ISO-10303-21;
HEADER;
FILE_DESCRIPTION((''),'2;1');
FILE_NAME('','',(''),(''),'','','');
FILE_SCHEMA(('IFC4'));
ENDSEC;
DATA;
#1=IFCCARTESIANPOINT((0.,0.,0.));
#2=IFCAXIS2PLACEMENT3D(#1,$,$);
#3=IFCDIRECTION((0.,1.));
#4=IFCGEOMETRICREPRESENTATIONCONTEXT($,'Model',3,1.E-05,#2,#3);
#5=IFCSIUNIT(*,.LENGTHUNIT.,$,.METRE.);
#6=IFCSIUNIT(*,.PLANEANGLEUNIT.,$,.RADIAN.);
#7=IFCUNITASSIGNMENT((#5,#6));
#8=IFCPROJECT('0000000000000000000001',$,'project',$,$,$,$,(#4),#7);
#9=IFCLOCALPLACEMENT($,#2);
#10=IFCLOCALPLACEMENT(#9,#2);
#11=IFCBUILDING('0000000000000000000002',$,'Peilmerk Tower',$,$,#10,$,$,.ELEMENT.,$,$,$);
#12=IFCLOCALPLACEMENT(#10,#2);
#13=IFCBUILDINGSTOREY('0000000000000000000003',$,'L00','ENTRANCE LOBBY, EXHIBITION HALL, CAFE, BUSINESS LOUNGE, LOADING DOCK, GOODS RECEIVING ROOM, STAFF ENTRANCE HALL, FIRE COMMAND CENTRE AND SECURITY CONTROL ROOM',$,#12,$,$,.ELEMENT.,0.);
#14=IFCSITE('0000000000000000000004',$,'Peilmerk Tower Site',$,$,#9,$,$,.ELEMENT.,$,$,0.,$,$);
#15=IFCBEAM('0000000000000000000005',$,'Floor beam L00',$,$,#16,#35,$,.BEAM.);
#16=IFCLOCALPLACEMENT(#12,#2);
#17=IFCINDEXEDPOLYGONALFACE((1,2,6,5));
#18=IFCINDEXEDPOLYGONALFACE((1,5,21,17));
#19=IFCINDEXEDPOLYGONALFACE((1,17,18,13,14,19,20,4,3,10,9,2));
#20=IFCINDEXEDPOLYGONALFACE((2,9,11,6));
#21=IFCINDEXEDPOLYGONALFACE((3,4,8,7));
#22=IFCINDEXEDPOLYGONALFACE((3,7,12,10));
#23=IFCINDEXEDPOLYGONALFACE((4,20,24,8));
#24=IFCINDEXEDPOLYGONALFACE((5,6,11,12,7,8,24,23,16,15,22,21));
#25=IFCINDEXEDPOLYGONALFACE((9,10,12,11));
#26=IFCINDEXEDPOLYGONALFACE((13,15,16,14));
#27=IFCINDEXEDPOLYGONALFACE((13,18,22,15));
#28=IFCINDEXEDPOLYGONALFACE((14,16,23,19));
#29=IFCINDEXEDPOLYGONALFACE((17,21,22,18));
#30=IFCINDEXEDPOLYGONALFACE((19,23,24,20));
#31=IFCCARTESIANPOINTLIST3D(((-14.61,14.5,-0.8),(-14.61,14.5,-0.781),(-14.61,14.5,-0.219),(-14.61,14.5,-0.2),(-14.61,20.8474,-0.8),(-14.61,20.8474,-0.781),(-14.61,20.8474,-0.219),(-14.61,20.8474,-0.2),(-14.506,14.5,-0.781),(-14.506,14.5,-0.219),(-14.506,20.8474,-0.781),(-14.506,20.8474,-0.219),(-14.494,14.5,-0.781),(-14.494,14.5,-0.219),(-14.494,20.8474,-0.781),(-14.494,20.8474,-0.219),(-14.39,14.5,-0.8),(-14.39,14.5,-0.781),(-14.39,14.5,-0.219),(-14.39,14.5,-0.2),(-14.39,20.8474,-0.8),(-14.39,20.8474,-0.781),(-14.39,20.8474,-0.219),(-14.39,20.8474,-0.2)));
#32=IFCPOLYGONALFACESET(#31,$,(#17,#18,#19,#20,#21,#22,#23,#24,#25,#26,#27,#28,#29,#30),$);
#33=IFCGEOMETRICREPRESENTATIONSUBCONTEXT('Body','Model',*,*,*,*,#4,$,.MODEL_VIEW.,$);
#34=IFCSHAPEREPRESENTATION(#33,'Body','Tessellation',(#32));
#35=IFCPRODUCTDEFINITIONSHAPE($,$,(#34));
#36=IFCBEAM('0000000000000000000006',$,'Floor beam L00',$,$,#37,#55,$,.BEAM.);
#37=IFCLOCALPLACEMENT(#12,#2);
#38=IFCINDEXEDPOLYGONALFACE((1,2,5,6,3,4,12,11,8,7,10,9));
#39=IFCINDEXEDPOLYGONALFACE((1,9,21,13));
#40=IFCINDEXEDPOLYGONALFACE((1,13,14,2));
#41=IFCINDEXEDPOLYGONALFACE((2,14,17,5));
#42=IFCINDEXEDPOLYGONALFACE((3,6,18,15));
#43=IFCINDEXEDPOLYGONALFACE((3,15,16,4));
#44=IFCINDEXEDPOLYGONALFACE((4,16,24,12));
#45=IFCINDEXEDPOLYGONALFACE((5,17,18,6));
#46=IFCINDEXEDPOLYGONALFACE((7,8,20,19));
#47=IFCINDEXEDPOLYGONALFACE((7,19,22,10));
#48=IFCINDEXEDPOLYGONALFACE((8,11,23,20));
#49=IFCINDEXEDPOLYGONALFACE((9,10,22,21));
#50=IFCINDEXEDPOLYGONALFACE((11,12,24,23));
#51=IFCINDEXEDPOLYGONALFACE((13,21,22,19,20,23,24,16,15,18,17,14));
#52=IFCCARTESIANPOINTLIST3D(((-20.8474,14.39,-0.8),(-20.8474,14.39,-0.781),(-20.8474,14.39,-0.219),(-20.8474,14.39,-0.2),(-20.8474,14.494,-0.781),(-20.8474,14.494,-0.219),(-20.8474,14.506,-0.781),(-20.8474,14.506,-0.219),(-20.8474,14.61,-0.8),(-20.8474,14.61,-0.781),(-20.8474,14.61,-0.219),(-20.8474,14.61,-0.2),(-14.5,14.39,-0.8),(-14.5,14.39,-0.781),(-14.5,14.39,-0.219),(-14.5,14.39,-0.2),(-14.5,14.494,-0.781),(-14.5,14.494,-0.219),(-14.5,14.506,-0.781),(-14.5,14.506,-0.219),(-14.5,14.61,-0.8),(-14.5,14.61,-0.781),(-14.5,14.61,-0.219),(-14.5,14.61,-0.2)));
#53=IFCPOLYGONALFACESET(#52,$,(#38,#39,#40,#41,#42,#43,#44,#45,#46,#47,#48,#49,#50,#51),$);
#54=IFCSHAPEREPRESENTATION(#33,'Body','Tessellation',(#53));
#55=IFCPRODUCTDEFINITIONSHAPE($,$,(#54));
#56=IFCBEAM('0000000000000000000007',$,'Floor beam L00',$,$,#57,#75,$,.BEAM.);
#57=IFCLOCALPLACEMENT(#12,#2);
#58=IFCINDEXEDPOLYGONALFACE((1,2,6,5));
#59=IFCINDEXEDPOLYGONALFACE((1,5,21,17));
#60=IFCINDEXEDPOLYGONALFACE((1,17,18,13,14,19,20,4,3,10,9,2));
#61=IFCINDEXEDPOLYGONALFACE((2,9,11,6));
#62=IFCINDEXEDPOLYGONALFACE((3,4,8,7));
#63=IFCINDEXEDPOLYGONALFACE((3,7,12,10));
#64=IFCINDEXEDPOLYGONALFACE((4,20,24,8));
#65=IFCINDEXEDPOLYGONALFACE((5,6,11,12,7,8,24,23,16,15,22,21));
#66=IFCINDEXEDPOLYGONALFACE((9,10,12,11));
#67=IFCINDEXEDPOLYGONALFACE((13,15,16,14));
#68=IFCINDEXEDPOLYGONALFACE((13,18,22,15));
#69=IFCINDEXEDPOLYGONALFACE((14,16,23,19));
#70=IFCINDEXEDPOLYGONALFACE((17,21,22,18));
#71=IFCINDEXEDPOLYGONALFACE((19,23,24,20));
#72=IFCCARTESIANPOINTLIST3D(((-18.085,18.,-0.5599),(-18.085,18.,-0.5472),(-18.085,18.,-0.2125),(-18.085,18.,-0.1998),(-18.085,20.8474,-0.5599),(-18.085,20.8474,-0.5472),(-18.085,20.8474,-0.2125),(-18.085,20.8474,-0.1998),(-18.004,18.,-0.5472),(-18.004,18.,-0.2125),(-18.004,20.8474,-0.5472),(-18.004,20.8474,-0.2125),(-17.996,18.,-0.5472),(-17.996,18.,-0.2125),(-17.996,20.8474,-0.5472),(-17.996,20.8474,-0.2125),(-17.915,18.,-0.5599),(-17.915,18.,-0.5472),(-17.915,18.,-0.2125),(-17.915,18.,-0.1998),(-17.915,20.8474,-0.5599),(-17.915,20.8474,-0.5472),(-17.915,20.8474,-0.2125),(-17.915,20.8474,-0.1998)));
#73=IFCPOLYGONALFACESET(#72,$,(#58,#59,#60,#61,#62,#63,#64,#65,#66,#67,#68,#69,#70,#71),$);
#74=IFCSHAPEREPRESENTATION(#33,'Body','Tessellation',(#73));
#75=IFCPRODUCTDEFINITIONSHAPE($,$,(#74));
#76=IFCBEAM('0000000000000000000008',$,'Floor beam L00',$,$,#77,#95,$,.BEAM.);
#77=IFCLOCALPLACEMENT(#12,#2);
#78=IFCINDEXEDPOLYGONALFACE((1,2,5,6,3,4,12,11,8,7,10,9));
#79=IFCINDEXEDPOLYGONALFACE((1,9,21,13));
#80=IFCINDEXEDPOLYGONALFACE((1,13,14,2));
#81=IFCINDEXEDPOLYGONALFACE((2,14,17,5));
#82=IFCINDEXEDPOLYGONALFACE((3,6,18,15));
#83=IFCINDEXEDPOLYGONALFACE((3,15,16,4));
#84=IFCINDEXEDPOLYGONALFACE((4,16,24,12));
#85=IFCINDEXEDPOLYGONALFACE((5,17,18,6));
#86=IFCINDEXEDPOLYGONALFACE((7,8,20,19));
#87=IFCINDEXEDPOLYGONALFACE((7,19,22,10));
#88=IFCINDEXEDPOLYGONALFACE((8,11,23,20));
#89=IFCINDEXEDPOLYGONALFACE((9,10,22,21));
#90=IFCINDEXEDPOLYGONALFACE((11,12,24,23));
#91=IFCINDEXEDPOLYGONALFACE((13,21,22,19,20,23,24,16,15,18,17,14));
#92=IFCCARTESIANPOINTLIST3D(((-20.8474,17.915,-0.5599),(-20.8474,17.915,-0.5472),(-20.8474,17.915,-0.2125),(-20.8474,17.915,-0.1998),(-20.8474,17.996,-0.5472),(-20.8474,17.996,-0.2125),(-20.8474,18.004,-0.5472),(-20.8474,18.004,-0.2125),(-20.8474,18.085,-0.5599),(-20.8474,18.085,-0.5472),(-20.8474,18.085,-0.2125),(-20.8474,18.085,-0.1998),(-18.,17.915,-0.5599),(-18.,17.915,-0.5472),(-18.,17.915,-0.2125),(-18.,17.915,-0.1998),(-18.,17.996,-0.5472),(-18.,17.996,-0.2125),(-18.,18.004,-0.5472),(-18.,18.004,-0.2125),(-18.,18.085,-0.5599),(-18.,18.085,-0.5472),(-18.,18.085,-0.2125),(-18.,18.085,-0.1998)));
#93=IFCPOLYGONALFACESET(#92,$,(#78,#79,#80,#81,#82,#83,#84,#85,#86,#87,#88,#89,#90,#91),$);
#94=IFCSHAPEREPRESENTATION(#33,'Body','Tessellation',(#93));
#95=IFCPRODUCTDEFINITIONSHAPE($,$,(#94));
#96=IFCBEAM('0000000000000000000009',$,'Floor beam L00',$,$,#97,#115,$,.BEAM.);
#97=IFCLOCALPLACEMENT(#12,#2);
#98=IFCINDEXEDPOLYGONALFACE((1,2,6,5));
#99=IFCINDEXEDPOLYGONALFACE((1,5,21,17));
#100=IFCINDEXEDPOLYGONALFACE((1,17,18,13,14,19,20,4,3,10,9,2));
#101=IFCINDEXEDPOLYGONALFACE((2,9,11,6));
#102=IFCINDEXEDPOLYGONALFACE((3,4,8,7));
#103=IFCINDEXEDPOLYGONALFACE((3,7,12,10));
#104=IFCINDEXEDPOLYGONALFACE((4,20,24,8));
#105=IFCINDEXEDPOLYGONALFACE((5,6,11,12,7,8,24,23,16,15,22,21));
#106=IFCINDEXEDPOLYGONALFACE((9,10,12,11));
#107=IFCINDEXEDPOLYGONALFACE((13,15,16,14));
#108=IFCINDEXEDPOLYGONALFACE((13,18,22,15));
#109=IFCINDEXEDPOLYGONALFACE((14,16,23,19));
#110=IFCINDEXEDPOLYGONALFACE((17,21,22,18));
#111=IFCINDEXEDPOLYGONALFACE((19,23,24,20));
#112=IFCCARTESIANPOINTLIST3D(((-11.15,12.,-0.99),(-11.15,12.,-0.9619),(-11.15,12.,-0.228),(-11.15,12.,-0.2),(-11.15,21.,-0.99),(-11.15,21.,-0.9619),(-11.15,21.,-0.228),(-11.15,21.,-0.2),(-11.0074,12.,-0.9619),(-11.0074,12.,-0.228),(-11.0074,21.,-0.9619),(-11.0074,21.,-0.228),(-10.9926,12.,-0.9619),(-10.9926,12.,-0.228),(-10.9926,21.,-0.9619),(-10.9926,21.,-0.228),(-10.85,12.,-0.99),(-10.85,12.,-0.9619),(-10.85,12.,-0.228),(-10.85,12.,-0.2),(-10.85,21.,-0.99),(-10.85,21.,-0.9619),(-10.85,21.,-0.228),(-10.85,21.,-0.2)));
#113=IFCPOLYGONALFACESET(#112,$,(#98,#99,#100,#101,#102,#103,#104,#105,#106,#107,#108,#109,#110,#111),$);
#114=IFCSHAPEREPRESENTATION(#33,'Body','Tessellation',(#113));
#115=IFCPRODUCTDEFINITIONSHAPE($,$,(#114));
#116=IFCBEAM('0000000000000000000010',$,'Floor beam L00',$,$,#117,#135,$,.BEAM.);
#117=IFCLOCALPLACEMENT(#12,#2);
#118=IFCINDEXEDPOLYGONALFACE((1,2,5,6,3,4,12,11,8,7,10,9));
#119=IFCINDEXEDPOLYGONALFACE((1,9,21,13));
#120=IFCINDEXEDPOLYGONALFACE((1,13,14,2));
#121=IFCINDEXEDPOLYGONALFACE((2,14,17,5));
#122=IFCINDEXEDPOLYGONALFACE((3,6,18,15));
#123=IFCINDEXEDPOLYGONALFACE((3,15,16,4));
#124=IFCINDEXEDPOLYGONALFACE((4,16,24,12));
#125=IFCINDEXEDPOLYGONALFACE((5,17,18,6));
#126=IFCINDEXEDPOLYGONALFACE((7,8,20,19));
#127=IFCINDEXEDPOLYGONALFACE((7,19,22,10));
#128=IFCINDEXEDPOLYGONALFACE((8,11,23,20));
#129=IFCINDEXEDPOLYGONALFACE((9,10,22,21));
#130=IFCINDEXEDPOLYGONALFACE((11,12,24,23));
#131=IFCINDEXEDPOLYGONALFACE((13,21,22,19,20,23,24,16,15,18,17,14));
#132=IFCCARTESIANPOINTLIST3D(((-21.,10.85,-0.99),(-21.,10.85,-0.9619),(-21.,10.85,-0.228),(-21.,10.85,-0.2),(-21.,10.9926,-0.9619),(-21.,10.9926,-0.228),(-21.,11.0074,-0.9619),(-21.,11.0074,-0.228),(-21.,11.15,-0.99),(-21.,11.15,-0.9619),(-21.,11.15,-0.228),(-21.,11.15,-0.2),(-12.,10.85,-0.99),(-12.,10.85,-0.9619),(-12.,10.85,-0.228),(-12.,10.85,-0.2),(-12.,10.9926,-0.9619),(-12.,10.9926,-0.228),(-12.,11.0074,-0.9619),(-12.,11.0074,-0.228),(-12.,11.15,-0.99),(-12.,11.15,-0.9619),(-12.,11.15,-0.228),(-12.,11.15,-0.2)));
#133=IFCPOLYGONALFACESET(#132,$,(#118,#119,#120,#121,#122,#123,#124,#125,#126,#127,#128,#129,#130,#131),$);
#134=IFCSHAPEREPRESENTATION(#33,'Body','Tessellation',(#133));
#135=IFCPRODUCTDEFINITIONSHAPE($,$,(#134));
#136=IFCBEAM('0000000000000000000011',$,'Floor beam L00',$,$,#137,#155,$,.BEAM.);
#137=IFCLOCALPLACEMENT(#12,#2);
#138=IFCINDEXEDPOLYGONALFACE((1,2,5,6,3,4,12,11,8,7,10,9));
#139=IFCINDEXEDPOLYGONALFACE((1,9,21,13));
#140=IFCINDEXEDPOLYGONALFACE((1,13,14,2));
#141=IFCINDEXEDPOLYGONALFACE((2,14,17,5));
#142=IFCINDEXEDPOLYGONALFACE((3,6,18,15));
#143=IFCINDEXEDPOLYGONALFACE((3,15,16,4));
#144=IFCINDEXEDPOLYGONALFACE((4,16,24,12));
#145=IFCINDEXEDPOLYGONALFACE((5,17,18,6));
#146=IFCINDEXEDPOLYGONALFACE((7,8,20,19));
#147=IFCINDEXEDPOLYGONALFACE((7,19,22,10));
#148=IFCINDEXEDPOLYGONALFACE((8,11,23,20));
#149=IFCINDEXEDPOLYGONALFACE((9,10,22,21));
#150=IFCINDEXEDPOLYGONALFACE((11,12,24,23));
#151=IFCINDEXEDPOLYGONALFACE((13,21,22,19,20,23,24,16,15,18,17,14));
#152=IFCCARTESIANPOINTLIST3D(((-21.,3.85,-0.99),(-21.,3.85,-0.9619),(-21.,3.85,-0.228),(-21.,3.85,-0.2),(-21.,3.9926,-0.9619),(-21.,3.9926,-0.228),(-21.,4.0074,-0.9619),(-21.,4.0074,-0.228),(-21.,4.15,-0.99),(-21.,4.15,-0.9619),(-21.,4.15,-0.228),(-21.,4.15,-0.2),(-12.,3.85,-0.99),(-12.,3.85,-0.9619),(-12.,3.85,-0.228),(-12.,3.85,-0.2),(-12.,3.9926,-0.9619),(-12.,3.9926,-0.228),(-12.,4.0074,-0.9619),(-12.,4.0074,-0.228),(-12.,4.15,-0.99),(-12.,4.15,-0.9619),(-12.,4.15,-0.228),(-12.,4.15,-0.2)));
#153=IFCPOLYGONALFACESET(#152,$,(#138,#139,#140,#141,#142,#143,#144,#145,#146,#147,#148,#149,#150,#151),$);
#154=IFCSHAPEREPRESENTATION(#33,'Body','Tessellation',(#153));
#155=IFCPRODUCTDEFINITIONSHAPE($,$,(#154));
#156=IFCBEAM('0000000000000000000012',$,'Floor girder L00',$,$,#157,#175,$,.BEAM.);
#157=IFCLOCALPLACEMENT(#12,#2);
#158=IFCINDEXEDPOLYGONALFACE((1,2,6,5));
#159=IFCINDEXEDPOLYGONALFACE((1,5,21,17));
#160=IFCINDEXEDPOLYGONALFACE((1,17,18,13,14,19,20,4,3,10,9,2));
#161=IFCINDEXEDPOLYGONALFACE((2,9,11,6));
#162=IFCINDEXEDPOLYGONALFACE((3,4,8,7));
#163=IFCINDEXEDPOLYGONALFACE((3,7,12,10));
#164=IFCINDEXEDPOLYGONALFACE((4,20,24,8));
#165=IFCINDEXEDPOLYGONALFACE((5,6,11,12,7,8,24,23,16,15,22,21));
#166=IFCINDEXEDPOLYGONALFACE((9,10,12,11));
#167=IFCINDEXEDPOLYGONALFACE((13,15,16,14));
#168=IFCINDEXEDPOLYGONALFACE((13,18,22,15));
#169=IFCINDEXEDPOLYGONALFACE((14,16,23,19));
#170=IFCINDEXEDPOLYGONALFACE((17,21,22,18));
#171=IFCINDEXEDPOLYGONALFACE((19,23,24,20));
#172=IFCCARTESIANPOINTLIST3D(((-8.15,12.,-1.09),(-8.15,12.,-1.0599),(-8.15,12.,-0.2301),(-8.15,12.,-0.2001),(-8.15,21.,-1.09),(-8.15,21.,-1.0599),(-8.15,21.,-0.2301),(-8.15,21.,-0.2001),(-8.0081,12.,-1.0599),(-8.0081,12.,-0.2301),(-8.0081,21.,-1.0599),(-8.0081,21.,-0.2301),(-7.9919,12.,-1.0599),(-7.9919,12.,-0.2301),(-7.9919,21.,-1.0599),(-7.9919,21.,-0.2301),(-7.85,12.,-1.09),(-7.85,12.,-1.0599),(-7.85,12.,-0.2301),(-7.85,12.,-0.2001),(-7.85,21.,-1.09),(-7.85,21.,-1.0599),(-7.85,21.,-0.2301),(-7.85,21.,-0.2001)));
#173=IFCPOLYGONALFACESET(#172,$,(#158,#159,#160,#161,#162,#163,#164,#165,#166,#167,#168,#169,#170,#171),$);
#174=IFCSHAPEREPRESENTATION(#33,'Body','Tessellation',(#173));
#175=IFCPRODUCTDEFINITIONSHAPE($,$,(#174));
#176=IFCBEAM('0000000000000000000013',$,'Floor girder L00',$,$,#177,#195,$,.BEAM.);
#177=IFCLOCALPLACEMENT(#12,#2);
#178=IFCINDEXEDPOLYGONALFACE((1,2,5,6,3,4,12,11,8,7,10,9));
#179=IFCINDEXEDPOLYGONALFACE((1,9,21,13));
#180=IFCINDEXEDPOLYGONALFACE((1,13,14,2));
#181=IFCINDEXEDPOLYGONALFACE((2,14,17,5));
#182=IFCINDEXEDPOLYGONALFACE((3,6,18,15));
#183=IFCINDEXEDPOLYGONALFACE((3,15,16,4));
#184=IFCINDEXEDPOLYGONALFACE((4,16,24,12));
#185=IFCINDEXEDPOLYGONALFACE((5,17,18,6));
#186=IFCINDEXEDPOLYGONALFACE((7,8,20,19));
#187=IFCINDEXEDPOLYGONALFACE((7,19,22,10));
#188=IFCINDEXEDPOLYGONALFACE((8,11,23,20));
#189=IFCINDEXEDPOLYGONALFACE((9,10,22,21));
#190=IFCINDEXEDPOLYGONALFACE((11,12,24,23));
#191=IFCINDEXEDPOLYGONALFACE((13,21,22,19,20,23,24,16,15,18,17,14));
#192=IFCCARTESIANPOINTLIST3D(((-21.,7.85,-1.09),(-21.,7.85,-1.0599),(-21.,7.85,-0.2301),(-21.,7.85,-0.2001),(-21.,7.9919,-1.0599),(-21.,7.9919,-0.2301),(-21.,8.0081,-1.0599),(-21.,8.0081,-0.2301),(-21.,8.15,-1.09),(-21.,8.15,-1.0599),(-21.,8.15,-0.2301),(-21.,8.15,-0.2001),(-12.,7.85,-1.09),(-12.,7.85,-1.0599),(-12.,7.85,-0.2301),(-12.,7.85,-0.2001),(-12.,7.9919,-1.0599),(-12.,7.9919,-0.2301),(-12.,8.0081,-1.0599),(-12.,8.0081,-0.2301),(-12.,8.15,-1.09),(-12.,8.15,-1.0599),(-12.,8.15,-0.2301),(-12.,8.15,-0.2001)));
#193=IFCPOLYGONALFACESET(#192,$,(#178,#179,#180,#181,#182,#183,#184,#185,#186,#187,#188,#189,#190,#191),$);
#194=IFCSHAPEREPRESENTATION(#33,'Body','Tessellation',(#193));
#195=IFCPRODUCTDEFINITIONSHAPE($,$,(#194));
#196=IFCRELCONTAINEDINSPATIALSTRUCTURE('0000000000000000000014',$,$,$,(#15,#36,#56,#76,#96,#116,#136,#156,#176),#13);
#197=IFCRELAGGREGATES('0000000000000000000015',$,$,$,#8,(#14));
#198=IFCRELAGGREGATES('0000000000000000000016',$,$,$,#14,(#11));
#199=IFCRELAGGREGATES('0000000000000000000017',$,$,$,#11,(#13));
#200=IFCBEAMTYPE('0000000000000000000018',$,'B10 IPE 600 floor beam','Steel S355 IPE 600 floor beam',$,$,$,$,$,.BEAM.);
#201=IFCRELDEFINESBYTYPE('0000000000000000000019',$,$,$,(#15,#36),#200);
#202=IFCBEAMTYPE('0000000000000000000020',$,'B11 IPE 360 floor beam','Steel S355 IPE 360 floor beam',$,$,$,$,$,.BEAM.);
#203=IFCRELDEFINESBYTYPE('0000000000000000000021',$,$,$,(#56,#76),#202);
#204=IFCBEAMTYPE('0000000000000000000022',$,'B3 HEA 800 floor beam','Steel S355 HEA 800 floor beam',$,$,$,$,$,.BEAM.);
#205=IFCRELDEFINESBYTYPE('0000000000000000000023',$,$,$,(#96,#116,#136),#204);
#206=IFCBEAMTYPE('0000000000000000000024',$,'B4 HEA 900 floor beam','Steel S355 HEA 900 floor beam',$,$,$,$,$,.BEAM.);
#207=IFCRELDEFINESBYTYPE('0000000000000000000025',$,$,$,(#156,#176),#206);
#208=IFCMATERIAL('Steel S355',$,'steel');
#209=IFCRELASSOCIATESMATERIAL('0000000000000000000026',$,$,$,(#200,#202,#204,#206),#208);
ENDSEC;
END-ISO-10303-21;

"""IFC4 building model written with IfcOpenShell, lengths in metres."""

from ifc_helpers import new_model, si_unit, direction, frame, origin, origin_2d, place, context, subcontext, project, spatial, i_section, extrude, material, material_profile, profile_set, type_object, element, save


model = new_model("IFC4")

# Units and contexts
model_context = context("Model", 3, precision=1e-05, world=origin(), true_north=direction((0.0, 1.0)))
body_context = subcontext(model_context, "Body", "Model", "MODEL_VIEW")
ifc_project = project(units=[si_unit("LENGTHUNIT", "METRE"), si_unit("PLANEANGLEUNIT", "RADIAN")], contexts=[model_context])

# Site, building, storey
site_placement = place(None, origin())
site = spatial("IfcSite", under=ifc_project, at=site_placement, Name="Peilmerk Tower Site", CompositionType="ELEMENT", RefElevation=0.0)
building_placement = place(site_placement, origin())
building = spatial("IfcBuilding", under=site, at=building_placement, Name="Peilmerk Tower", CompositionType="ELEMENT")
storey_placement = place(building_placement, origin())
storey = spatial("IfcBuildingStorey", under=building, at=storey_placement, Name="L00", Description="ENTRANCE LOBBY, EXHIBITION HALL, CAFE, BUSINESS LOUNGE, LOADING DOCK, GOODS RECEIVING ROOM, STAFF ENTRANCE HALL, FIRE COMMAND CENTRE AND SECURITY CONTROL ROOM", CompositionType="ELEMENT", Elevation=0.0)

# Beams
ifc_material_1 = material(Name="Steel S355", Category="steel")
ifc_material_profile_1 = material_profile(ifc_material_1, i_section(OverallWidth=0.22, OverallDepth=0.6001, WebThickness=0.012, FlangeThickness=0.019, at=origin_2d()), Name="IPE 600")
ifc_profile_set_1 = profile_set([ifc_material_profile_1], Name="Steel S355")
beam_type_1 = type_object("IfcBeamType", Name="B10 IPE 600 floor beam", Description="Steel S355 IPE 600 floor beam", PredefinedType="BEAM", material=ifc_profile_set_1)
for number, where, z_axis, x_axis, name in (
    (1, (-14.5, 14.5, -0.5), (0.0, 1.0, 0.0), (-1.0, 0.0, 0.0), "Floor beam L00"),
    (2, (-14.5, 14.5, -0.5), (-1.0, 0.0, 0.0), (0.0, -1.0, 0.0), "Floor beam L00"),
):
    element("IfcBeam", number, at=place(storey_placement, frame(where, z_axis=z_axis, x_axis=x_axis)), inside=storey, type_object=beam_type_1, Name=name, PredefinedType="BEAM", context=body_context, shape_type="SweptSolid", body=[
        extrude(i_section(OverallWidth=0.22, OverallDepth=0.6001, WebThickness=0.012, FlangeThickness=0.019, at=origin_2d()), origin(), (0.0, 0.0, 1.0), 6.3474),
    ])
ifc_material_profile_2 = material_profile(ifc_material_1, i_section(OverallWidth=0.1699, OverallDepth=0.3601, WebThickness=0.0081, FlangeThickness=0.0127, at=origin_2d()), Name="IPE 360")
ifc_profile_set_2 = profile_set([ifc_material_profile_2], Name="Steel S355")
beam_type_2 = type_object("IfcBeamType", Name="B11 IPE 360 floor beam", Description="Steel S355 IPE 360 floor beam", PredefinedType="BEAM", material=ifc_profile_set_2)
for number, where, z_axis, x_axis, name in (
    (3, (-18.0, 18.0, -0.3799), (0.0, 1.0, 0.0), (-1.0, 0.0, 0.0), "Floor beam L00"),
    (4, (-18.0, 18.0, -0.3799), (-1.0, 0.0, 0.0), (0.0, -1.0, 0.0), "Floor beam L00"),
):
    element("IfcBeam", number, at=place(storey_placement, frame(where, z_axis=z_axis, x_axis=x_axis)), inside=storey, type_object=beam_type_2, Name=name, PredefinedType="BEAM", context=body_context, shape_type="SweptSolid", body=[
        extrude(i_section(OverallWidth=0.1699, OverallDepth=0.3601, WebThickness=0.0081, FlangeThickness=0.0127, at=origin_2d()), origin(), (0.0, 0.0, 1.0), 2.8474),
    ])
ifc_material_profile_3 = material_profile(ifc_material_1, i_section(OverallWidth=0.3, OverallDepth=0.79, WebThickness=0.0149, FlangeThickness=0.0281, at=origin_2d()), Name="HEA 800")
ifc_profile_set_3 = profile_set([ifc_material_profile_3], Name="Steel S355")
beam_type_3 = type_object("IfcBeamType", Name="B3 HEA 800 floor beam", Description="Steel S355 HEA 800 floor beam", PredefinedType="BEAM", material=ifc_profile_set_3)
for number, where, z_axis, x_axis, name in (
    (5, (-11.0, 12.0, -0.595), (0.0, 1.0, 0.0), (-1.0, 0.0, 0.0), "Floor beam L00"),
    (6, (-12.0, 11.0, -0.595), (-1.0, 0.0, 0.0), (0.0, -1.0, 0.0), "Floor beam L00"),
    (7, (-12.0, 4.0, -0.595), (-1.0, 0.0, 0.0), (0.0, -1.0, 0.0), "Floor beam L00"),
):
    element("IfcBeam", number, at=place(storey_placement, frame(where, z_axis=z_axis, x_axis=x_axis)), inside=storey, type_object=beam_type_3, Name=name, PredefinedType="BEAM", context=body_context, shape_type="SweptSolid", body=[
        extrude(i_section(OverallWidth=0.3, OverallDepth=0.79, WebThickness=0.0149, FlangeThickness=0.0281, at=origin_2d()), origin(), (0.0, 0.0, 1.0), 9.0),
    ])
ifc_material_profile_4 = material_profile(ifc_material_1, i_section(OverallWidth=0.3, OverallDepth=0.8899, WebThickness=0.0161, FlangeThickness=0.03, at=origin_2d()), Name="HEA 900")
ifc_profile_set_4 = profile_set([ifc_material_profile_4], Name="Steel S355")
beam_type_4 = type_object("IfcBeamType", Name="B4 HEA 900 floor beam", Description="Steel S355 HEA 900 floor beam", PredefinedType="BEAM", material=ifc_profile_set_4)
for number, where, z_axis, x_axis, name in (
    (8, (-8.0, 12.0, -0.645), (0.0, 1.0, 0.0), (-1.0, 0.0, 0.0), "Floor girder L00"),
    (9, (-12.0, 8.0, -0.645), (-1.0, 0.0, 0.0), (0.0, -1.0, 0.0), "Floor girder L00"),
):
    element("IfcBeam", number, at=place(storey_placement, frame(where, z_axis=z_axis, x_axis=x_axis)), inside=storey, type_object=beam_type_4, Name=name, PredefinedType="BEAM", context=body_context, shape_type="SweptSolid", body=[
        extrude(i_section(OverallWidth=0.3, OverallDepth=0.8899, WebThickness=0.0161, FlangeThickness=0.03, at=origin_2d()), origin(), (0.0, 0.0, 1.0), 9.0),
    ])

save(model, "model.ifc")
